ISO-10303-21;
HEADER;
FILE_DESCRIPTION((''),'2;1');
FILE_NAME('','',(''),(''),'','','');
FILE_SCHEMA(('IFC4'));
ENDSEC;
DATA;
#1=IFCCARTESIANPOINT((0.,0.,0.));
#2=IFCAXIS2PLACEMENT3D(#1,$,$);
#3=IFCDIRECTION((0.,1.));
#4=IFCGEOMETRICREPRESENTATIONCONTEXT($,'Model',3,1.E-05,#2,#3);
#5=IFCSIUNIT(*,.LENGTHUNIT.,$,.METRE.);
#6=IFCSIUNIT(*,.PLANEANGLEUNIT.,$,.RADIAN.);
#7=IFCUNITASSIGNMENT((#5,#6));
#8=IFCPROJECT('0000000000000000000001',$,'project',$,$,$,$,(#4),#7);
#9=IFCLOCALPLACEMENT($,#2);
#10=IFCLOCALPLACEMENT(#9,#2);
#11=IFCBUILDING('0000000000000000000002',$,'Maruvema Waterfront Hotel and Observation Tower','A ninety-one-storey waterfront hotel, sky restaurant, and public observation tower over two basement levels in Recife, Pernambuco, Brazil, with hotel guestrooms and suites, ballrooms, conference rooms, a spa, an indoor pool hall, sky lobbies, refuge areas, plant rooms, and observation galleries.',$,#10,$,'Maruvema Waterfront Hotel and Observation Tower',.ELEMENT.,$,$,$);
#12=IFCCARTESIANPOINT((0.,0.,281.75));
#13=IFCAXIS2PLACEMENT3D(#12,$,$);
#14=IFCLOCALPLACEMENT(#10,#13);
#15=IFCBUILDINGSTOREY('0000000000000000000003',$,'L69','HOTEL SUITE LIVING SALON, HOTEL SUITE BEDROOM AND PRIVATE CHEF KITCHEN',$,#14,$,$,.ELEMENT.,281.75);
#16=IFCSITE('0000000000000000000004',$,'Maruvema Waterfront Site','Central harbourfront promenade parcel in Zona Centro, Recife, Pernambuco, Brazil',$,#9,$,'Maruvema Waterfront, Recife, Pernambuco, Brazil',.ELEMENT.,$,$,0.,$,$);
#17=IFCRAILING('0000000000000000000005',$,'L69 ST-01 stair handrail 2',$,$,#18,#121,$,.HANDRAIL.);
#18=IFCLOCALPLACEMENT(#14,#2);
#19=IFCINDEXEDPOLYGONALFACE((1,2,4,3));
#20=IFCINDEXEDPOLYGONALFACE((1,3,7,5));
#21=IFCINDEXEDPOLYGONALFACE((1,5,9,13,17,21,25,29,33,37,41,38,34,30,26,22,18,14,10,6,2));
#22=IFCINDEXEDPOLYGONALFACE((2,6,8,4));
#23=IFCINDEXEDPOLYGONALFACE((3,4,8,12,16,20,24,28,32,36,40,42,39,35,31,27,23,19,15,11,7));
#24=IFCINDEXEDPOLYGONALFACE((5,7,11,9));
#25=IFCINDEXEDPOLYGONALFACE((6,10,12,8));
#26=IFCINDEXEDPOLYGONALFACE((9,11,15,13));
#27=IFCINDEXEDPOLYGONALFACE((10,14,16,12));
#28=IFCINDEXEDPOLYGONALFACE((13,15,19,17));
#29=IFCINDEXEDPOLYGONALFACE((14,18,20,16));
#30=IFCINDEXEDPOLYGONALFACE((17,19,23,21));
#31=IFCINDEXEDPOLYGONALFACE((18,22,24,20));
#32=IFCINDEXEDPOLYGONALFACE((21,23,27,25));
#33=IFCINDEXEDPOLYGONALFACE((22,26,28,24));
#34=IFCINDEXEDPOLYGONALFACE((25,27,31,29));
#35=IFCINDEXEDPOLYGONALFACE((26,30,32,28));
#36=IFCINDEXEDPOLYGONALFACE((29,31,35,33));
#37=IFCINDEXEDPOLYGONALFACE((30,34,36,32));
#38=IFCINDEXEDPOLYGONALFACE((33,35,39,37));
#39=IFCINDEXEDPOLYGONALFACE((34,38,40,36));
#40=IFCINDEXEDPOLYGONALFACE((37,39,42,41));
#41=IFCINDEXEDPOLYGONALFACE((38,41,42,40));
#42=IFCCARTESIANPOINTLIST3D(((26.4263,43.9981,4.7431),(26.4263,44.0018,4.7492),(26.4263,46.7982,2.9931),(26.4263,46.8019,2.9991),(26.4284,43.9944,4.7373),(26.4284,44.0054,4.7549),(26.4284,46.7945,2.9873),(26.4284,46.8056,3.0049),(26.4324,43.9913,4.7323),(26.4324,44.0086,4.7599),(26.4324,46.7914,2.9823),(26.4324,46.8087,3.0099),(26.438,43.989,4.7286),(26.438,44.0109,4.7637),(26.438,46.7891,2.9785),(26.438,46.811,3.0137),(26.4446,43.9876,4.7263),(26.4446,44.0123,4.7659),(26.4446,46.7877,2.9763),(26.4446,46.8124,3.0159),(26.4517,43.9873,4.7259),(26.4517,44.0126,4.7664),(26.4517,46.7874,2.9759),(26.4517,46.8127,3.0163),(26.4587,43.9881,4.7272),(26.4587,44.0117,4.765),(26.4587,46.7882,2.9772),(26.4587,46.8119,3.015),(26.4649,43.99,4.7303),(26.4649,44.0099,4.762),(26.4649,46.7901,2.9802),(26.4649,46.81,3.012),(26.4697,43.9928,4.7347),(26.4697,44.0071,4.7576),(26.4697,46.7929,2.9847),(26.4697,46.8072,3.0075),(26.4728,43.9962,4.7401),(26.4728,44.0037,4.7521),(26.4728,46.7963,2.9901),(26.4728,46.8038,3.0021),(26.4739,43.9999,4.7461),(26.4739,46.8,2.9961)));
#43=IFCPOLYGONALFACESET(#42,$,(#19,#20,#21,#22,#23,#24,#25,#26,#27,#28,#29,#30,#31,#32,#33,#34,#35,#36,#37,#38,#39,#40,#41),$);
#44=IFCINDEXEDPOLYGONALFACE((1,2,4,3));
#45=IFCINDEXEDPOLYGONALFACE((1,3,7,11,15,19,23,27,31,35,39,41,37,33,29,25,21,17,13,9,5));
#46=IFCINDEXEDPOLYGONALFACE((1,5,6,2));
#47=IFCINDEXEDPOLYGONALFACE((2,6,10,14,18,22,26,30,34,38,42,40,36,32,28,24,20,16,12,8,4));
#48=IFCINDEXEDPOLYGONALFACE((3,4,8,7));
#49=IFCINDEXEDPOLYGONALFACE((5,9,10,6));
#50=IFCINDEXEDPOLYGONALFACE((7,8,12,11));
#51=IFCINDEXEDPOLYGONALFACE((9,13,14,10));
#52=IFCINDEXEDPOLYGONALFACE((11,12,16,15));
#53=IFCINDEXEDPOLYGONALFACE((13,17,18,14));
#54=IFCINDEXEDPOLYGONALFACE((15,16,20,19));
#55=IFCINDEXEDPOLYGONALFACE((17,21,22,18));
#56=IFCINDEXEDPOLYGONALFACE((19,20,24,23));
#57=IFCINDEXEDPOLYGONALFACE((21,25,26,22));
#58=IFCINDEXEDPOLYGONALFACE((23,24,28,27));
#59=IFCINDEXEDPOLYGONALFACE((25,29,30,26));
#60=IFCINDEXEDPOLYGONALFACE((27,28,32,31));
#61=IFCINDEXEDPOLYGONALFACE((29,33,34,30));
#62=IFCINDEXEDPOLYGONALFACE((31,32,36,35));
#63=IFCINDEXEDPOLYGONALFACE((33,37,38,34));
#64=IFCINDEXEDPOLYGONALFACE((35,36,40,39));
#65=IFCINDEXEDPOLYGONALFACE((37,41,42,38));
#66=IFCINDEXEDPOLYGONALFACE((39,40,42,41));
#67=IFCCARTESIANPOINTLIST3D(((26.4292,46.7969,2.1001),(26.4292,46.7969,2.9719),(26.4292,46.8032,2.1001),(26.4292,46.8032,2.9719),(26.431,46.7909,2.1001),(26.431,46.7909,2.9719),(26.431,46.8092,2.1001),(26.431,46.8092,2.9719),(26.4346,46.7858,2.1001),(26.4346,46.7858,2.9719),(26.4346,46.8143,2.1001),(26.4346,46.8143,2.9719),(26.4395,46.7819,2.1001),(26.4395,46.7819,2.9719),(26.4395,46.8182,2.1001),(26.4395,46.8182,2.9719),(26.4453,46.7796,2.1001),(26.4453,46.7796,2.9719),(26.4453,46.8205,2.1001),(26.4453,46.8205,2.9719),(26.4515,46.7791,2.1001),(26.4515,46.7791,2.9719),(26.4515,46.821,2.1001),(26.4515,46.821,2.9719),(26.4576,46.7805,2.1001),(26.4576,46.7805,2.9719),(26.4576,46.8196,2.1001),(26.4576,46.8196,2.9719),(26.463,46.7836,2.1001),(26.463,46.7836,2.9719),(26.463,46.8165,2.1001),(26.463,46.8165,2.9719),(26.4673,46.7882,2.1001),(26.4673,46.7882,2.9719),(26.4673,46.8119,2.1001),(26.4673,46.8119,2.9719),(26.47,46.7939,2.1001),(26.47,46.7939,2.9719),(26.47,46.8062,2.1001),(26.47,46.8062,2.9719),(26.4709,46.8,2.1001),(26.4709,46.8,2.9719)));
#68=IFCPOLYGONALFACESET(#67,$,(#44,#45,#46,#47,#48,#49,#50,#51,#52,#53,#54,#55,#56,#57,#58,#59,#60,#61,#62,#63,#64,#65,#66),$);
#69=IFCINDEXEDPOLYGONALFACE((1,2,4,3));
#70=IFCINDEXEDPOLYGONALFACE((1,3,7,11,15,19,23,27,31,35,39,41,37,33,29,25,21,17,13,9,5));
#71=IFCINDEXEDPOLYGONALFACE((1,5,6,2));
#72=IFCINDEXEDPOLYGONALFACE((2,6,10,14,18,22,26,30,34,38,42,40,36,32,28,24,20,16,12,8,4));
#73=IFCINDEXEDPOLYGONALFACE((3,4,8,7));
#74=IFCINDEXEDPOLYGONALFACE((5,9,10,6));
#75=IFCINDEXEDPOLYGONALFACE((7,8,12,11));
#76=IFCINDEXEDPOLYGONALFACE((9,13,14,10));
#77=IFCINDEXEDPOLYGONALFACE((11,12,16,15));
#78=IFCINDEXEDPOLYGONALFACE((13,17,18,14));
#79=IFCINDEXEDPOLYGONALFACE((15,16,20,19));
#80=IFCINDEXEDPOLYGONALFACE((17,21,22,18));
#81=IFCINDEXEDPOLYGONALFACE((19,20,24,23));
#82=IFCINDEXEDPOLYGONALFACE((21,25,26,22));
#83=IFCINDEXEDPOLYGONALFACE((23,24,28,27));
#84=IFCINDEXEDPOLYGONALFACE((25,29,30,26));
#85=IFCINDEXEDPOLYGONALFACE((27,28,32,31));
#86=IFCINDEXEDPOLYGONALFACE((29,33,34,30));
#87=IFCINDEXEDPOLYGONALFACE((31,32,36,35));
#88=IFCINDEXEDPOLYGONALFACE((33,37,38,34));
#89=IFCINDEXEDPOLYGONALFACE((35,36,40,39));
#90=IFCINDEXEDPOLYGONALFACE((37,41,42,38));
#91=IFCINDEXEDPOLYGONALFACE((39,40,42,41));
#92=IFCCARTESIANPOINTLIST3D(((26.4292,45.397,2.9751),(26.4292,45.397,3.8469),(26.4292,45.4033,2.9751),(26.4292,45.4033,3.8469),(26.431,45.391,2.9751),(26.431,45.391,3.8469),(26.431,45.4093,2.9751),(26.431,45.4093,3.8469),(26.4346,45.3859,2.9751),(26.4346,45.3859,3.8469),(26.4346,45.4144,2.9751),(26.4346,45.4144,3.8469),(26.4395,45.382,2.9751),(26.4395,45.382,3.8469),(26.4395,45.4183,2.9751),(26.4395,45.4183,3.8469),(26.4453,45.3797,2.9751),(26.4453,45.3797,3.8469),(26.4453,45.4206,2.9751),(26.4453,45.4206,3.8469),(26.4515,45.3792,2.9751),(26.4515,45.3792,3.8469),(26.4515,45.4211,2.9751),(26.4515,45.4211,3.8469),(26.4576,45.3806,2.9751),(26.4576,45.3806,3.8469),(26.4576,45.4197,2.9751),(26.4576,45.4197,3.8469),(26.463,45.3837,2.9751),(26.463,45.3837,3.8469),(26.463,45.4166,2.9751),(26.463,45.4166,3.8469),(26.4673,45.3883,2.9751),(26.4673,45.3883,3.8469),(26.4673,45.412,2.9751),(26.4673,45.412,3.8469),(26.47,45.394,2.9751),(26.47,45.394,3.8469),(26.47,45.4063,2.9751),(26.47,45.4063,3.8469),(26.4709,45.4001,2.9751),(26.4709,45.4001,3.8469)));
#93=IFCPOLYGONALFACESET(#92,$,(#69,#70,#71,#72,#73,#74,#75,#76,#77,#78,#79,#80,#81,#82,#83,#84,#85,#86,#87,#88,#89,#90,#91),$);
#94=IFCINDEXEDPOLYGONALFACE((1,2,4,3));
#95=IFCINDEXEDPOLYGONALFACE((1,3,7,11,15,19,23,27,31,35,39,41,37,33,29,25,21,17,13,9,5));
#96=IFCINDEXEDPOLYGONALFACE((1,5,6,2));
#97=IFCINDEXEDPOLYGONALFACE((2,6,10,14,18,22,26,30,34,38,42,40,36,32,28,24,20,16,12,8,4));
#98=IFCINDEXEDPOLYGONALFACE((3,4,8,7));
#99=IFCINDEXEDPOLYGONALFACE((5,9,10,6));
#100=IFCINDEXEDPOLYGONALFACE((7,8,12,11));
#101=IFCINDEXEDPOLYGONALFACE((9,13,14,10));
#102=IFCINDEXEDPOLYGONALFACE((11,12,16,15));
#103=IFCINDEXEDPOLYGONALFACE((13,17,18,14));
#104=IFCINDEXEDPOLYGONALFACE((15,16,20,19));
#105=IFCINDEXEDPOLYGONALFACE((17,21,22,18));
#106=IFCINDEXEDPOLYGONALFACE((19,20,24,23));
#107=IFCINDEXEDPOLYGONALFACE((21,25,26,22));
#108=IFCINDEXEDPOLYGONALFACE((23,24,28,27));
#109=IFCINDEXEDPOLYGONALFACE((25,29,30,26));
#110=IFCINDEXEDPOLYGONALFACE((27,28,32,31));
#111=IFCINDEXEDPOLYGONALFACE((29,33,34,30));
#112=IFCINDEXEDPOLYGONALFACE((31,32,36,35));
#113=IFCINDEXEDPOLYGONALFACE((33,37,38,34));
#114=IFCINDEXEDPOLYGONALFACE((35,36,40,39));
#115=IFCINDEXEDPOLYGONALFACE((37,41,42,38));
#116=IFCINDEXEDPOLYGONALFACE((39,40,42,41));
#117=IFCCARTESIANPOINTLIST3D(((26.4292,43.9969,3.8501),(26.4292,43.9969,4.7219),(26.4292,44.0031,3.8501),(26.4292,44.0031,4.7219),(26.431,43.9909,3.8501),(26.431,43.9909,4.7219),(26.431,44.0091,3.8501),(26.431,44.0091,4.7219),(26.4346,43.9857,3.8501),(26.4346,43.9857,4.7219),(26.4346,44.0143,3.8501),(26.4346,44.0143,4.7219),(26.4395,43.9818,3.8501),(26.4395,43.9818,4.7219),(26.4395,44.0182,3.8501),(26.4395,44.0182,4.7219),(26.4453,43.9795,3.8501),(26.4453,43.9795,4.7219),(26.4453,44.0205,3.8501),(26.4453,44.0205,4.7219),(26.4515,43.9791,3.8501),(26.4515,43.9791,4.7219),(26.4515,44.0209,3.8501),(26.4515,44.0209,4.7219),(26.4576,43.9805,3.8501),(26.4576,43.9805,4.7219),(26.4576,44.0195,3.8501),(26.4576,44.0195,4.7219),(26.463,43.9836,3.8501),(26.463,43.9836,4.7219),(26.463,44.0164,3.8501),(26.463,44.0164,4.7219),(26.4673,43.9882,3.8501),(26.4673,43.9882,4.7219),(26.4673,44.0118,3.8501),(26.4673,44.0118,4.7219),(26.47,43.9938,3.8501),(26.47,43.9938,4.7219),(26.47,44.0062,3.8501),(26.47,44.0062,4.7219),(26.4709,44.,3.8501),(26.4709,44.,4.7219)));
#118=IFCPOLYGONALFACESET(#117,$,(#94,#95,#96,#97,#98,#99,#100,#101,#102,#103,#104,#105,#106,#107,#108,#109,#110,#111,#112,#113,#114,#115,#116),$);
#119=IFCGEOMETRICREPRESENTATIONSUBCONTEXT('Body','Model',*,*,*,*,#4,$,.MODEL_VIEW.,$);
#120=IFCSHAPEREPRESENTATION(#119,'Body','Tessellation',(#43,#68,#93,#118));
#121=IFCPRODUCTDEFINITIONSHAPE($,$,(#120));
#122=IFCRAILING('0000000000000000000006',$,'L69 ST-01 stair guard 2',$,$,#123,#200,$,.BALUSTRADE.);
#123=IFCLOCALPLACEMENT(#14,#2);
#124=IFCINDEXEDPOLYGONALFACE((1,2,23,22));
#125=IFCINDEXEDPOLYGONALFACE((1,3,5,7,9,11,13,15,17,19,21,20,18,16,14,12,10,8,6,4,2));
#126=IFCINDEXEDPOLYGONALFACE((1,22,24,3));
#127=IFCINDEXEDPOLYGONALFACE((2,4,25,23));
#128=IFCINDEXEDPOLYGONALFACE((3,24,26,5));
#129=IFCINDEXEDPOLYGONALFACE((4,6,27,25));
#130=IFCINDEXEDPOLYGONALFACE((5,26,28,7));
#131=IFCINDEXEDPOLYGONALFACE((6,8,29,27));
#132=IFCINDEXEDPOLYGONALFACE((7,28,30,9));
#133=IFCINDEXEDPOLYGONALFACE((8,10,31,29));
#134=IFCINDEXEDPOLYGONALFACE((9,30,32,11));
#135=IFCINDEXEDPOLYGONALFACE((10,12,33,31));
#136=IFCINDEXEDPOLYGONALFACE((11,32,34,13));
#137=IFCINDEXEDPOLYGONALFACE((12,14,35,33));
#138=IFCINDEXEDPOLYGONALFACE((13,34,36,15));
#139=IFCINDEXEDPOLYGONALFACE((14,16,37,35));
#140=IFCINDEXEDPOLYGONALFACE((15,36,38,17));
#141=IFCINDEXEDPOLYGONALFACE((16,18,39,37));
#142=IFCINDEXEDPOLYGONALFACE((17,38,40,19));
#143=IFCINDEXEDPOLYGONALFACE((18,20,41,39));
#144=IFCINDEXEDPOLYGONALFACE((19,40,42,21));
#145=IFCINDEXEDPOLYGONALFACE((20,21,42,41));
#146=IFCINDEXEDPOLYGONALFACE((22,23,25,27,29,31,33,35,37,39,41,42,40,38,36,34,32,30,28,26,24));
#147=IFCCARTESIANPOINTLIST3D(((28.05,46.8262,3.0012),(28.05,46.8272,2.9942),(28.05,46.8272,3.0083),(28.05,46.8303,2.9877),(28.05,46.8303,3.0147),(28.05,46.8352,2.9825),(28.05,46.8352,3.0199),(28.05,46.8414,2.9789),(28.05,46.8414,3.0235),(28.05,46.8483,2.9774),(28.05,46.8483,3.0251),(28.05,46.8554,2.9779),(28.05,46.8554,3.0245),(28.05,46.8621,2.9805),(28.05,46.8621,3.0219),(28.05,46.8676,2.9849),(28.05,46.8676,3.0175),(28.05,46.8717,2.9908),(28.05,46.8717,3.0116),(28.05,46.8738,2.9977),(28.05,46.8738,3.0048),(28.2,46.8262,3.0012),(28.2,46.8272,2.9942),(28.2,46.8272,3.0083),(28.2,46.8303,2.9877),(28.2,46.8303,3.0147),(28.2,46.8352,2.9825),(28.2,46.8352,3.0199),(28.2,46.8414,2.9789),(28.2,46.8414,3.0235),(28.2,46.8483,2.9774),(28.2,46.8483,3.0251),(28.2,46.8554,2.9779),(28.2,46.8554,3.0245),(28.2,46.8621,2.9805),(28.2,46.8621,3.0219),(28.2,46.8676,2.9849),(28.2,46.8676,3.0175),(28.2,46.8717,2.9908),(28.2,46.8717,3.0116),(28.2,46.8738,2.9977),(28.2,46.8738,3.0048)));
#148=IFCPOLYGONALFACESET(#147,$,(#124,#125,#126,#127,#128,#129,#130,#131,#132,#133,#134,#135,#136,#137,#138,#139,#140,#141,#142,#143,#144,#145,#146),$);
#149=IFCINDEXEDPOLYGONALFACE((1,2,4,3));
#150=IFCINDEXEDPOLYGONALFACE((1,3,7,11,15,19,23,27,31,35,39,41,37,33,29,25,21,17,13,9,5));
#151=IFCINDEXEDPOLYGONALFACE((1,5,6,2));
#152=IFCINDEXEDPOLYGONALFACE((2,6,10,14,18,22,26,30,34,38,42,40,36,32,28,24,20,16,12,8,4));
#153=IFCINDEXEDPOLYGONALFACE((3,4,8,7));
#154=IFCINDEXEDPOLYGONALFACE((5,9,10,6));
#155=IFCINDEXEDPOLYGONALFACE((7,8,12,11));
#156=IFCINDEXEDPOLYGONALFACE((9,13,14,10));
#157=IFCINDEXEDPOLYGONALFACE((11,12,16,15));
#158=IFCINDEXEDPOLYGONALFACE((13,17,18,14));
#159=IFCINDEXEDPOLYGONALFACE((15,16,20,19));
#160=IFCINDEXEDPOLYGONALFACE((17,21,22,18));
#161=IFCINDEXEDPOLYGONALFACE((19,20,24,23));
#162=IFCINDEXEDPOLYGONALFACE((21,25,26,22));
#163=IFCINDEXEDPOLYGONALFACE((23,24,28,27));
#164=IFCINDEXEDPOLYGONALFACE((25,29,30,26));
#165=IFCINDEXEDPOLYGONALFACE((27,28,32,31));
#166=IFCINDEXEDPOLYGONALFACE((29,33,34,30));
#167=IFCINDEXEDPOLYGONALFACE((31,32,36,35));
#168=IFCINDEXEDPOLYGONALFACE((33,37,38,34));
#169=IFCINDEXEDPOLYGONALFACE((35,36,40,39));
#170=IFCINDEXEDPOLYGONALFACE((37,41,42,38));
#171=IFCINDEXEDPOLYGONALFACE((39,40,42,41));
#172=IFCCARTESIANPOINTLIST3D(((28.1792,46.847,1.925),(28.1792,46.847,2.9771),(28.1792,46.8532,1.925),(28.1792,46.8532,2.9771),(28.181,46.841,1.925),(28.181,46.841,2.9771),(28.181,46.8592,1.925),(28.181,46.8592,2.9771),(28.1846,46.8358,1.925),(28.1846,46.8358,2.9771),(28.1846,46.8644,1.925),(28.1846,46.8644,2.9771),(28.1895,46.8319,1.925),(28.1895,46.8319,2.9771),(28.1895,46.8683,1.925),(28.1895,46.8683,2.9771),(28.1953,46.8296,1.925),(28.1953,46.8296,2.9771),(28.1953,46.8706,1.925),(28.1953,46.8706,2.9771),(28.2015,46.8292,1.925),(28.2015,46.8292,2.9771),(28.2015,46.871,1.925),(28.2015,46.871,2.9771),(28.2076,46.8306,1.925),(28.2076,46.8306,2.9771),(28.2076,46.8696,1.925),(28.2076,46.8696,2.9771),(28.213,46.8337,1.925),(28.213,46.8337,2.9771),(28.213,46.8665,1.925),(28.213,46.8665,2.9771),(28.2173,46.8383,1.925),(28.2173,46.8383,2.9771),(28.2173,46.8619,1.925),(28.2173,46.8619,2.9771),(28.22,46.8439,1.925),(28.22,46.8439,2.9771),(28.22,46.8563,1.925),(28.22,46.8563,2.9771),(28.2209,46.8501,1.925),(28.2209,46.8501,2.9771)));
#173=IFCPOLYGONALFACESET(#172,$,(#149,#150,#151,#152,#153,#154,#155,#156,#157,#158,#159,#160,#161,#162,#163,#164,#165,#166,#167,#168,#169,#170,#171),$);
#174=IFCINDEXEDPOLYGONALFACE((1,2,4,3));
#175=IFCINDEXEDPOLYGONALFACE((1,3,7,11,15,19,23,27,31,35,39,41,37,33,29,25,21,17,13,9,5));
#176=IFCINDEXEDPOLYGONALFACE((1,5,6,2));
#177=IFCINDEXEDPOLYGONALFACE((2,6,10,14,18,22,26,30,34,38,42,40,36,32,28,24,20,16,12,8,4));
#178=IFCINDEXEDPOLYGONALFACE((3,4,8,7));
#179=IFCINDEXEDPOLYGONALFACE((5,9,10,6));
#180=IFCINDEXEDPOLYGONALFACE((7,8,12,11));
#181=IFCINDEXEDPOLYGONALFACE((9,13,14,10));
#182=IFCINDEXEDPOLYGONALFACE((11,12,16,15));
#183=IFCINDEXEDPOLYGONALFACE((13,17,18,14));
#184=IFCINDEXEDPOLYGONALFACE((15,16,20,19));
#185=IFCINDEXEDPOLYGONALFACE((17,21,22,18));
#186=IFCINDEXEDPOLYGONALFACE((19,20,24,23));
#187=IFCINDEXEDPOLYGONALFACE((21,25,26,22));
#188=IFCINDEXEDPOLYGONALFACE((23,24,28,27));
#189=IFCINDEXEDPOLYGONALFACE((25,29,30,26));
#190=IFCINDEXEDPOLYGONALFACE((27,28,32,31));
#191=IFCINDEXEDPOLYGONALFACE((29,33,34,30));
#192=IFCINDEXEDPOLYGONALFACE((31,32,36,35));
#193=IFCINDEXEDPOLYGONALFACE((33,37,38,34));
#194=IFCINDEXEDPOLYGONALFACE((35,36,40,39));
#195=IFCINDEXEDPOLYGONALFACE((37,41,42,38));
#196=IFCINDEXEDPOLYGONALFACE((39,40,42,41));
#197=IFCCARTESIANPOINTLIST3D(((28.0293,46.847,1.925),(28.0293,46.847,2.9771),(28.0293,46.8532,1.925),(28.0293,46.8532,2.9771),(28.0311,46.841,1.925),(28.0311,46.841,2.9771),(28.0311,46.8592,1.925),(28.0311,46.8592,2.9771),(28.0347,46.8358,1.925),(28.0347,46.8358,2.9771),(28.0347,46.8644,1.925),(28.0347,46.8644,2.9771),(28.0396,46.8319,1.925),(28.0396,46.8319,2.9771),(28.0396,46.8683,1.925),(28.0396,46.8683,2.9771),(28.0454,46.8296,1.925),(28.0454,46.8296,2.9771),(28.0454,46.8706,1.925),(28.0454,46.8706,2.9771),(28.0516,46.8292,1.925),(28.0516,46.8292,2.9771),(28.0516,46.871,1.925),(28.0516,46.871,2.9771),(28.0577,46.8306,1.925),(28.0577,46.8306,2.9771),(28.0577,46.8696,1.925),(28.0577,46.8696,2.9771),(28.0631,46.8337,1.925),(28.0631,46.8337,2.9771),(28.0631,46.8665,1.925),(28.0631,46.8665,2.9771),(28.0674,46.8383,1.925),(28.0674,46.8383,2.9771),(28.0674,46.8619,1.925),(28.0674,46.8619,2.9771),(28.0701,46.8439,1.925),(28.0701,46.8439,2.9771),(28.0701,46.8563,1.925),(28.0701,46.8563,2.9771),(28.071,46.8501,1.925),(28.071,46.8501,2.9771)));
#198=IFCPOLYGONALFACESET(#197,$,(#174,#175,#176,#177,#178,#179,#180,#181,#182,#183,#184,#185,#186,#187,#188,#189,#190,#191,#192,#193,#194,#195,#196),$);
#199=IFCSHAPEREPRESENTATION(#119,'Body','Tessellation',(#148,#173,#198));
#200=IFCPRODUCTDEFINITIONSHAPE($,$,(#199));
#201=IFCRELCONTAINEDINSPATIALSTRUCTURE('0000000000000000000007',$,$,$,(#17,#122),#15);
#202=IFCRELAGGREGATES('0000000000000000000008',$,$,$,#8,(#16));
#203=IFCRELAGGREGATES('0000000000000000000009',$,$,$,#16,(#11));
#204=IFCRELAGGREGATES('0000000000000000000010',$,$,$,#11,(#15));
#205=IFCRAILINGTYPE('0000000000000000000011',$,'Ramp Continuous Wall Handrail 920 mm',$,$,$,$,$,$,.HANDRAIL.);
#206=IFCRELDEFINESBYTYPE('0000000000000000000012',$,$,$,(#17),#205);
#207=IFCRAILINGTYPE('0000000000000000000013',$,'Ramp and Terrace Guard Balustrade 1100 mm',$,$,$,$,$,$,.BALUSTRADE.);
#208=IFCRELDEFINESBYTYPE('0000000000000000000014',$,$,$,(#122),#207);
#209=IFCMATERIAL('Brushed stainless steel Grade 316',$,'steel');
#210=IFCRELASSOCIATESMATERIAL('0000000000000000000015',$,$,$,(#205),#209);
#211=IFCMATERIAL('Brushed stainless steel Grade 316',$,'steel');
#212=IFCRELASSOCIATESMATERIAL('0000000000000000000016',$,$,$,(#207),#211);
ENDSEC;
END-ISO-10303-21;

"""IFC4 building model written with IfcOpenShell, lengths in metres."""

from ifc_helpers import new_model, si_unit, direction, frame, origin, origin_2d, place, context, subcontext, project, spatial, circle, extrude, material, type_object, element, save


model = new_model("IFC4")

# Units and contexts
model_context = context("Model", 3, precision=1e-05, world=origin(), true_north=direction((0.0, 1.0)))
body_context = subcontext(model_context, "Body", "Model", "MODEL_VIEW")
ifc_project = project(units=[si_unit("LENGTHUNIT", "METRE"), si_unit("PLANEANGLEUNIT", "RADIAN")], contexts=[model_context])

# Site, building, storey
site_placement = place(None, origin())
site = spatial("IfcSite", under=ifc_project, at=site_placement, Name="Maruvema Waterfront Site", Description="Central harbourfront promenade parcel in Zona Centro, Recife, Pernambuco, Brazil", LongName="Maruvema Waterfront, Recife, Pernambuco, Brazil", CompositionType="ELEMENT", RefElevation=0.0)
building_placement = place(site_placement, origin())
building = spatial("IfcBuilding", under=site, at=building_placement, Name="Maruvema Waterfront Hotel and Observation Tower", Description="A ninety-one-storey waterfront hotel, sky restaurant, and public observation tower over two basement levels in Recife, Pernambuco, Brazil, with hotel guestrooms and suites, ballrooms, conference rooms, a spa, an indoor pool hall, sky lobbies, refuge areas, plant rooms, and observation galleries.", LongName="Maruvema Waterfront Hotel and Observation Tower", CompositionType="ELEMENT")
storey_placement = place(building_placement, frame((0.0, 0.0, 281.75)))
storey = spatial("IfcBuildingStorey", under=building, at=storey_placement, Name="L69", Description="HOTEL SUITE LIVING SALON, HOTEL SUITE BEDROOM AND PRIVATE CHEF KITCHEN", CompositionType="ELEMENT", Elevation=281.75)

# Railings
ifc_material_1 = material(Name="Brushed stainless steel Grade 316", Category="steel")
railing_type_1 = type_object("IfcRailingType", Name="Ramp Continuous Wall Handrail 920 mm", PredefinedType="HANDRAIL", material=ifc_material_1)
railing_1_placement = place(storey_placement, frame((26.45, 46.8, 2.1001)))
element("IfcRailing", 1, at=railing_1_placement, inside=storey, type_object=railing_type_1, Name="L69 ST-01 stair handrail 2", PredefinedType="HANDRAIL", context=body_context, shape_type="SweptSolid", body=[
    extrude(circle(Radius=0.0239, at=origin_2d()), frame((0.0, 0.0, 0.896), z_axis=(0.0, -0.848002, 0.529992), x_axis=(1.0, 0.0, 0.0)), (0.0, 0.0, 1.0), 3.302),
    extrude(circle(Radius=0.021, at=origin_2d()), origin(), (0.0, 0.0, 1.0), 0.8718),
    extrude(circle(Radius=0.021, at=origin_2d()), frame((0.0, -1.3999, 0.875)), (0.0, 0.0, 1.0), 0.8718),
    extrude(circle(Radius=0.021, at=origin_2d()), frame((0.0, -2.8, 1.75)), (0.0, 0.0, 1.0), 0.8718),
])
ifc_material_2 = material(Name="Brushed stainless steel Grade 316", Category="steel")
railing_type_2 = type_object("IfcRailingType", Name="Ramp and Terrace Guard Balustrade 1100 mm", PredefinedType="BALUSTRADE", material=ifc_material_2)
railing_2_placement = place(storey_placement, frame((28.2, 46.8501, 1.925)))
element("IfcRailing", 2, at=railing_2_placement, inside=storey, type_object=railing_type_2, Name="L69 ST-01 stair guard 2", PredefinedType="BALUSTRADE", context=body_context, shape_type="SweptSolid", body=[
    extrude(circle(Radius=0.0239, at=origin_2d()), frame((0.0, 0.0, 1.0762), z_axis=(-1.0, 0.0, 0.0), x_axis=(0.0, -1.0, 0.0)), (0.0, 0.0, 1.0), 0.1499),
    extrude(circle(Radius=0.021, at=origin_2d()), origin(), (0.0, 0.0, 1.0), 1.052),
    extrude(circle(Radius=0.021, at=origin_2d()), frame((-0.1499, 0.0, 0.0)), (0.0, 0.0, 1.0), 1.052),
])

save(model, "model.ifc")
